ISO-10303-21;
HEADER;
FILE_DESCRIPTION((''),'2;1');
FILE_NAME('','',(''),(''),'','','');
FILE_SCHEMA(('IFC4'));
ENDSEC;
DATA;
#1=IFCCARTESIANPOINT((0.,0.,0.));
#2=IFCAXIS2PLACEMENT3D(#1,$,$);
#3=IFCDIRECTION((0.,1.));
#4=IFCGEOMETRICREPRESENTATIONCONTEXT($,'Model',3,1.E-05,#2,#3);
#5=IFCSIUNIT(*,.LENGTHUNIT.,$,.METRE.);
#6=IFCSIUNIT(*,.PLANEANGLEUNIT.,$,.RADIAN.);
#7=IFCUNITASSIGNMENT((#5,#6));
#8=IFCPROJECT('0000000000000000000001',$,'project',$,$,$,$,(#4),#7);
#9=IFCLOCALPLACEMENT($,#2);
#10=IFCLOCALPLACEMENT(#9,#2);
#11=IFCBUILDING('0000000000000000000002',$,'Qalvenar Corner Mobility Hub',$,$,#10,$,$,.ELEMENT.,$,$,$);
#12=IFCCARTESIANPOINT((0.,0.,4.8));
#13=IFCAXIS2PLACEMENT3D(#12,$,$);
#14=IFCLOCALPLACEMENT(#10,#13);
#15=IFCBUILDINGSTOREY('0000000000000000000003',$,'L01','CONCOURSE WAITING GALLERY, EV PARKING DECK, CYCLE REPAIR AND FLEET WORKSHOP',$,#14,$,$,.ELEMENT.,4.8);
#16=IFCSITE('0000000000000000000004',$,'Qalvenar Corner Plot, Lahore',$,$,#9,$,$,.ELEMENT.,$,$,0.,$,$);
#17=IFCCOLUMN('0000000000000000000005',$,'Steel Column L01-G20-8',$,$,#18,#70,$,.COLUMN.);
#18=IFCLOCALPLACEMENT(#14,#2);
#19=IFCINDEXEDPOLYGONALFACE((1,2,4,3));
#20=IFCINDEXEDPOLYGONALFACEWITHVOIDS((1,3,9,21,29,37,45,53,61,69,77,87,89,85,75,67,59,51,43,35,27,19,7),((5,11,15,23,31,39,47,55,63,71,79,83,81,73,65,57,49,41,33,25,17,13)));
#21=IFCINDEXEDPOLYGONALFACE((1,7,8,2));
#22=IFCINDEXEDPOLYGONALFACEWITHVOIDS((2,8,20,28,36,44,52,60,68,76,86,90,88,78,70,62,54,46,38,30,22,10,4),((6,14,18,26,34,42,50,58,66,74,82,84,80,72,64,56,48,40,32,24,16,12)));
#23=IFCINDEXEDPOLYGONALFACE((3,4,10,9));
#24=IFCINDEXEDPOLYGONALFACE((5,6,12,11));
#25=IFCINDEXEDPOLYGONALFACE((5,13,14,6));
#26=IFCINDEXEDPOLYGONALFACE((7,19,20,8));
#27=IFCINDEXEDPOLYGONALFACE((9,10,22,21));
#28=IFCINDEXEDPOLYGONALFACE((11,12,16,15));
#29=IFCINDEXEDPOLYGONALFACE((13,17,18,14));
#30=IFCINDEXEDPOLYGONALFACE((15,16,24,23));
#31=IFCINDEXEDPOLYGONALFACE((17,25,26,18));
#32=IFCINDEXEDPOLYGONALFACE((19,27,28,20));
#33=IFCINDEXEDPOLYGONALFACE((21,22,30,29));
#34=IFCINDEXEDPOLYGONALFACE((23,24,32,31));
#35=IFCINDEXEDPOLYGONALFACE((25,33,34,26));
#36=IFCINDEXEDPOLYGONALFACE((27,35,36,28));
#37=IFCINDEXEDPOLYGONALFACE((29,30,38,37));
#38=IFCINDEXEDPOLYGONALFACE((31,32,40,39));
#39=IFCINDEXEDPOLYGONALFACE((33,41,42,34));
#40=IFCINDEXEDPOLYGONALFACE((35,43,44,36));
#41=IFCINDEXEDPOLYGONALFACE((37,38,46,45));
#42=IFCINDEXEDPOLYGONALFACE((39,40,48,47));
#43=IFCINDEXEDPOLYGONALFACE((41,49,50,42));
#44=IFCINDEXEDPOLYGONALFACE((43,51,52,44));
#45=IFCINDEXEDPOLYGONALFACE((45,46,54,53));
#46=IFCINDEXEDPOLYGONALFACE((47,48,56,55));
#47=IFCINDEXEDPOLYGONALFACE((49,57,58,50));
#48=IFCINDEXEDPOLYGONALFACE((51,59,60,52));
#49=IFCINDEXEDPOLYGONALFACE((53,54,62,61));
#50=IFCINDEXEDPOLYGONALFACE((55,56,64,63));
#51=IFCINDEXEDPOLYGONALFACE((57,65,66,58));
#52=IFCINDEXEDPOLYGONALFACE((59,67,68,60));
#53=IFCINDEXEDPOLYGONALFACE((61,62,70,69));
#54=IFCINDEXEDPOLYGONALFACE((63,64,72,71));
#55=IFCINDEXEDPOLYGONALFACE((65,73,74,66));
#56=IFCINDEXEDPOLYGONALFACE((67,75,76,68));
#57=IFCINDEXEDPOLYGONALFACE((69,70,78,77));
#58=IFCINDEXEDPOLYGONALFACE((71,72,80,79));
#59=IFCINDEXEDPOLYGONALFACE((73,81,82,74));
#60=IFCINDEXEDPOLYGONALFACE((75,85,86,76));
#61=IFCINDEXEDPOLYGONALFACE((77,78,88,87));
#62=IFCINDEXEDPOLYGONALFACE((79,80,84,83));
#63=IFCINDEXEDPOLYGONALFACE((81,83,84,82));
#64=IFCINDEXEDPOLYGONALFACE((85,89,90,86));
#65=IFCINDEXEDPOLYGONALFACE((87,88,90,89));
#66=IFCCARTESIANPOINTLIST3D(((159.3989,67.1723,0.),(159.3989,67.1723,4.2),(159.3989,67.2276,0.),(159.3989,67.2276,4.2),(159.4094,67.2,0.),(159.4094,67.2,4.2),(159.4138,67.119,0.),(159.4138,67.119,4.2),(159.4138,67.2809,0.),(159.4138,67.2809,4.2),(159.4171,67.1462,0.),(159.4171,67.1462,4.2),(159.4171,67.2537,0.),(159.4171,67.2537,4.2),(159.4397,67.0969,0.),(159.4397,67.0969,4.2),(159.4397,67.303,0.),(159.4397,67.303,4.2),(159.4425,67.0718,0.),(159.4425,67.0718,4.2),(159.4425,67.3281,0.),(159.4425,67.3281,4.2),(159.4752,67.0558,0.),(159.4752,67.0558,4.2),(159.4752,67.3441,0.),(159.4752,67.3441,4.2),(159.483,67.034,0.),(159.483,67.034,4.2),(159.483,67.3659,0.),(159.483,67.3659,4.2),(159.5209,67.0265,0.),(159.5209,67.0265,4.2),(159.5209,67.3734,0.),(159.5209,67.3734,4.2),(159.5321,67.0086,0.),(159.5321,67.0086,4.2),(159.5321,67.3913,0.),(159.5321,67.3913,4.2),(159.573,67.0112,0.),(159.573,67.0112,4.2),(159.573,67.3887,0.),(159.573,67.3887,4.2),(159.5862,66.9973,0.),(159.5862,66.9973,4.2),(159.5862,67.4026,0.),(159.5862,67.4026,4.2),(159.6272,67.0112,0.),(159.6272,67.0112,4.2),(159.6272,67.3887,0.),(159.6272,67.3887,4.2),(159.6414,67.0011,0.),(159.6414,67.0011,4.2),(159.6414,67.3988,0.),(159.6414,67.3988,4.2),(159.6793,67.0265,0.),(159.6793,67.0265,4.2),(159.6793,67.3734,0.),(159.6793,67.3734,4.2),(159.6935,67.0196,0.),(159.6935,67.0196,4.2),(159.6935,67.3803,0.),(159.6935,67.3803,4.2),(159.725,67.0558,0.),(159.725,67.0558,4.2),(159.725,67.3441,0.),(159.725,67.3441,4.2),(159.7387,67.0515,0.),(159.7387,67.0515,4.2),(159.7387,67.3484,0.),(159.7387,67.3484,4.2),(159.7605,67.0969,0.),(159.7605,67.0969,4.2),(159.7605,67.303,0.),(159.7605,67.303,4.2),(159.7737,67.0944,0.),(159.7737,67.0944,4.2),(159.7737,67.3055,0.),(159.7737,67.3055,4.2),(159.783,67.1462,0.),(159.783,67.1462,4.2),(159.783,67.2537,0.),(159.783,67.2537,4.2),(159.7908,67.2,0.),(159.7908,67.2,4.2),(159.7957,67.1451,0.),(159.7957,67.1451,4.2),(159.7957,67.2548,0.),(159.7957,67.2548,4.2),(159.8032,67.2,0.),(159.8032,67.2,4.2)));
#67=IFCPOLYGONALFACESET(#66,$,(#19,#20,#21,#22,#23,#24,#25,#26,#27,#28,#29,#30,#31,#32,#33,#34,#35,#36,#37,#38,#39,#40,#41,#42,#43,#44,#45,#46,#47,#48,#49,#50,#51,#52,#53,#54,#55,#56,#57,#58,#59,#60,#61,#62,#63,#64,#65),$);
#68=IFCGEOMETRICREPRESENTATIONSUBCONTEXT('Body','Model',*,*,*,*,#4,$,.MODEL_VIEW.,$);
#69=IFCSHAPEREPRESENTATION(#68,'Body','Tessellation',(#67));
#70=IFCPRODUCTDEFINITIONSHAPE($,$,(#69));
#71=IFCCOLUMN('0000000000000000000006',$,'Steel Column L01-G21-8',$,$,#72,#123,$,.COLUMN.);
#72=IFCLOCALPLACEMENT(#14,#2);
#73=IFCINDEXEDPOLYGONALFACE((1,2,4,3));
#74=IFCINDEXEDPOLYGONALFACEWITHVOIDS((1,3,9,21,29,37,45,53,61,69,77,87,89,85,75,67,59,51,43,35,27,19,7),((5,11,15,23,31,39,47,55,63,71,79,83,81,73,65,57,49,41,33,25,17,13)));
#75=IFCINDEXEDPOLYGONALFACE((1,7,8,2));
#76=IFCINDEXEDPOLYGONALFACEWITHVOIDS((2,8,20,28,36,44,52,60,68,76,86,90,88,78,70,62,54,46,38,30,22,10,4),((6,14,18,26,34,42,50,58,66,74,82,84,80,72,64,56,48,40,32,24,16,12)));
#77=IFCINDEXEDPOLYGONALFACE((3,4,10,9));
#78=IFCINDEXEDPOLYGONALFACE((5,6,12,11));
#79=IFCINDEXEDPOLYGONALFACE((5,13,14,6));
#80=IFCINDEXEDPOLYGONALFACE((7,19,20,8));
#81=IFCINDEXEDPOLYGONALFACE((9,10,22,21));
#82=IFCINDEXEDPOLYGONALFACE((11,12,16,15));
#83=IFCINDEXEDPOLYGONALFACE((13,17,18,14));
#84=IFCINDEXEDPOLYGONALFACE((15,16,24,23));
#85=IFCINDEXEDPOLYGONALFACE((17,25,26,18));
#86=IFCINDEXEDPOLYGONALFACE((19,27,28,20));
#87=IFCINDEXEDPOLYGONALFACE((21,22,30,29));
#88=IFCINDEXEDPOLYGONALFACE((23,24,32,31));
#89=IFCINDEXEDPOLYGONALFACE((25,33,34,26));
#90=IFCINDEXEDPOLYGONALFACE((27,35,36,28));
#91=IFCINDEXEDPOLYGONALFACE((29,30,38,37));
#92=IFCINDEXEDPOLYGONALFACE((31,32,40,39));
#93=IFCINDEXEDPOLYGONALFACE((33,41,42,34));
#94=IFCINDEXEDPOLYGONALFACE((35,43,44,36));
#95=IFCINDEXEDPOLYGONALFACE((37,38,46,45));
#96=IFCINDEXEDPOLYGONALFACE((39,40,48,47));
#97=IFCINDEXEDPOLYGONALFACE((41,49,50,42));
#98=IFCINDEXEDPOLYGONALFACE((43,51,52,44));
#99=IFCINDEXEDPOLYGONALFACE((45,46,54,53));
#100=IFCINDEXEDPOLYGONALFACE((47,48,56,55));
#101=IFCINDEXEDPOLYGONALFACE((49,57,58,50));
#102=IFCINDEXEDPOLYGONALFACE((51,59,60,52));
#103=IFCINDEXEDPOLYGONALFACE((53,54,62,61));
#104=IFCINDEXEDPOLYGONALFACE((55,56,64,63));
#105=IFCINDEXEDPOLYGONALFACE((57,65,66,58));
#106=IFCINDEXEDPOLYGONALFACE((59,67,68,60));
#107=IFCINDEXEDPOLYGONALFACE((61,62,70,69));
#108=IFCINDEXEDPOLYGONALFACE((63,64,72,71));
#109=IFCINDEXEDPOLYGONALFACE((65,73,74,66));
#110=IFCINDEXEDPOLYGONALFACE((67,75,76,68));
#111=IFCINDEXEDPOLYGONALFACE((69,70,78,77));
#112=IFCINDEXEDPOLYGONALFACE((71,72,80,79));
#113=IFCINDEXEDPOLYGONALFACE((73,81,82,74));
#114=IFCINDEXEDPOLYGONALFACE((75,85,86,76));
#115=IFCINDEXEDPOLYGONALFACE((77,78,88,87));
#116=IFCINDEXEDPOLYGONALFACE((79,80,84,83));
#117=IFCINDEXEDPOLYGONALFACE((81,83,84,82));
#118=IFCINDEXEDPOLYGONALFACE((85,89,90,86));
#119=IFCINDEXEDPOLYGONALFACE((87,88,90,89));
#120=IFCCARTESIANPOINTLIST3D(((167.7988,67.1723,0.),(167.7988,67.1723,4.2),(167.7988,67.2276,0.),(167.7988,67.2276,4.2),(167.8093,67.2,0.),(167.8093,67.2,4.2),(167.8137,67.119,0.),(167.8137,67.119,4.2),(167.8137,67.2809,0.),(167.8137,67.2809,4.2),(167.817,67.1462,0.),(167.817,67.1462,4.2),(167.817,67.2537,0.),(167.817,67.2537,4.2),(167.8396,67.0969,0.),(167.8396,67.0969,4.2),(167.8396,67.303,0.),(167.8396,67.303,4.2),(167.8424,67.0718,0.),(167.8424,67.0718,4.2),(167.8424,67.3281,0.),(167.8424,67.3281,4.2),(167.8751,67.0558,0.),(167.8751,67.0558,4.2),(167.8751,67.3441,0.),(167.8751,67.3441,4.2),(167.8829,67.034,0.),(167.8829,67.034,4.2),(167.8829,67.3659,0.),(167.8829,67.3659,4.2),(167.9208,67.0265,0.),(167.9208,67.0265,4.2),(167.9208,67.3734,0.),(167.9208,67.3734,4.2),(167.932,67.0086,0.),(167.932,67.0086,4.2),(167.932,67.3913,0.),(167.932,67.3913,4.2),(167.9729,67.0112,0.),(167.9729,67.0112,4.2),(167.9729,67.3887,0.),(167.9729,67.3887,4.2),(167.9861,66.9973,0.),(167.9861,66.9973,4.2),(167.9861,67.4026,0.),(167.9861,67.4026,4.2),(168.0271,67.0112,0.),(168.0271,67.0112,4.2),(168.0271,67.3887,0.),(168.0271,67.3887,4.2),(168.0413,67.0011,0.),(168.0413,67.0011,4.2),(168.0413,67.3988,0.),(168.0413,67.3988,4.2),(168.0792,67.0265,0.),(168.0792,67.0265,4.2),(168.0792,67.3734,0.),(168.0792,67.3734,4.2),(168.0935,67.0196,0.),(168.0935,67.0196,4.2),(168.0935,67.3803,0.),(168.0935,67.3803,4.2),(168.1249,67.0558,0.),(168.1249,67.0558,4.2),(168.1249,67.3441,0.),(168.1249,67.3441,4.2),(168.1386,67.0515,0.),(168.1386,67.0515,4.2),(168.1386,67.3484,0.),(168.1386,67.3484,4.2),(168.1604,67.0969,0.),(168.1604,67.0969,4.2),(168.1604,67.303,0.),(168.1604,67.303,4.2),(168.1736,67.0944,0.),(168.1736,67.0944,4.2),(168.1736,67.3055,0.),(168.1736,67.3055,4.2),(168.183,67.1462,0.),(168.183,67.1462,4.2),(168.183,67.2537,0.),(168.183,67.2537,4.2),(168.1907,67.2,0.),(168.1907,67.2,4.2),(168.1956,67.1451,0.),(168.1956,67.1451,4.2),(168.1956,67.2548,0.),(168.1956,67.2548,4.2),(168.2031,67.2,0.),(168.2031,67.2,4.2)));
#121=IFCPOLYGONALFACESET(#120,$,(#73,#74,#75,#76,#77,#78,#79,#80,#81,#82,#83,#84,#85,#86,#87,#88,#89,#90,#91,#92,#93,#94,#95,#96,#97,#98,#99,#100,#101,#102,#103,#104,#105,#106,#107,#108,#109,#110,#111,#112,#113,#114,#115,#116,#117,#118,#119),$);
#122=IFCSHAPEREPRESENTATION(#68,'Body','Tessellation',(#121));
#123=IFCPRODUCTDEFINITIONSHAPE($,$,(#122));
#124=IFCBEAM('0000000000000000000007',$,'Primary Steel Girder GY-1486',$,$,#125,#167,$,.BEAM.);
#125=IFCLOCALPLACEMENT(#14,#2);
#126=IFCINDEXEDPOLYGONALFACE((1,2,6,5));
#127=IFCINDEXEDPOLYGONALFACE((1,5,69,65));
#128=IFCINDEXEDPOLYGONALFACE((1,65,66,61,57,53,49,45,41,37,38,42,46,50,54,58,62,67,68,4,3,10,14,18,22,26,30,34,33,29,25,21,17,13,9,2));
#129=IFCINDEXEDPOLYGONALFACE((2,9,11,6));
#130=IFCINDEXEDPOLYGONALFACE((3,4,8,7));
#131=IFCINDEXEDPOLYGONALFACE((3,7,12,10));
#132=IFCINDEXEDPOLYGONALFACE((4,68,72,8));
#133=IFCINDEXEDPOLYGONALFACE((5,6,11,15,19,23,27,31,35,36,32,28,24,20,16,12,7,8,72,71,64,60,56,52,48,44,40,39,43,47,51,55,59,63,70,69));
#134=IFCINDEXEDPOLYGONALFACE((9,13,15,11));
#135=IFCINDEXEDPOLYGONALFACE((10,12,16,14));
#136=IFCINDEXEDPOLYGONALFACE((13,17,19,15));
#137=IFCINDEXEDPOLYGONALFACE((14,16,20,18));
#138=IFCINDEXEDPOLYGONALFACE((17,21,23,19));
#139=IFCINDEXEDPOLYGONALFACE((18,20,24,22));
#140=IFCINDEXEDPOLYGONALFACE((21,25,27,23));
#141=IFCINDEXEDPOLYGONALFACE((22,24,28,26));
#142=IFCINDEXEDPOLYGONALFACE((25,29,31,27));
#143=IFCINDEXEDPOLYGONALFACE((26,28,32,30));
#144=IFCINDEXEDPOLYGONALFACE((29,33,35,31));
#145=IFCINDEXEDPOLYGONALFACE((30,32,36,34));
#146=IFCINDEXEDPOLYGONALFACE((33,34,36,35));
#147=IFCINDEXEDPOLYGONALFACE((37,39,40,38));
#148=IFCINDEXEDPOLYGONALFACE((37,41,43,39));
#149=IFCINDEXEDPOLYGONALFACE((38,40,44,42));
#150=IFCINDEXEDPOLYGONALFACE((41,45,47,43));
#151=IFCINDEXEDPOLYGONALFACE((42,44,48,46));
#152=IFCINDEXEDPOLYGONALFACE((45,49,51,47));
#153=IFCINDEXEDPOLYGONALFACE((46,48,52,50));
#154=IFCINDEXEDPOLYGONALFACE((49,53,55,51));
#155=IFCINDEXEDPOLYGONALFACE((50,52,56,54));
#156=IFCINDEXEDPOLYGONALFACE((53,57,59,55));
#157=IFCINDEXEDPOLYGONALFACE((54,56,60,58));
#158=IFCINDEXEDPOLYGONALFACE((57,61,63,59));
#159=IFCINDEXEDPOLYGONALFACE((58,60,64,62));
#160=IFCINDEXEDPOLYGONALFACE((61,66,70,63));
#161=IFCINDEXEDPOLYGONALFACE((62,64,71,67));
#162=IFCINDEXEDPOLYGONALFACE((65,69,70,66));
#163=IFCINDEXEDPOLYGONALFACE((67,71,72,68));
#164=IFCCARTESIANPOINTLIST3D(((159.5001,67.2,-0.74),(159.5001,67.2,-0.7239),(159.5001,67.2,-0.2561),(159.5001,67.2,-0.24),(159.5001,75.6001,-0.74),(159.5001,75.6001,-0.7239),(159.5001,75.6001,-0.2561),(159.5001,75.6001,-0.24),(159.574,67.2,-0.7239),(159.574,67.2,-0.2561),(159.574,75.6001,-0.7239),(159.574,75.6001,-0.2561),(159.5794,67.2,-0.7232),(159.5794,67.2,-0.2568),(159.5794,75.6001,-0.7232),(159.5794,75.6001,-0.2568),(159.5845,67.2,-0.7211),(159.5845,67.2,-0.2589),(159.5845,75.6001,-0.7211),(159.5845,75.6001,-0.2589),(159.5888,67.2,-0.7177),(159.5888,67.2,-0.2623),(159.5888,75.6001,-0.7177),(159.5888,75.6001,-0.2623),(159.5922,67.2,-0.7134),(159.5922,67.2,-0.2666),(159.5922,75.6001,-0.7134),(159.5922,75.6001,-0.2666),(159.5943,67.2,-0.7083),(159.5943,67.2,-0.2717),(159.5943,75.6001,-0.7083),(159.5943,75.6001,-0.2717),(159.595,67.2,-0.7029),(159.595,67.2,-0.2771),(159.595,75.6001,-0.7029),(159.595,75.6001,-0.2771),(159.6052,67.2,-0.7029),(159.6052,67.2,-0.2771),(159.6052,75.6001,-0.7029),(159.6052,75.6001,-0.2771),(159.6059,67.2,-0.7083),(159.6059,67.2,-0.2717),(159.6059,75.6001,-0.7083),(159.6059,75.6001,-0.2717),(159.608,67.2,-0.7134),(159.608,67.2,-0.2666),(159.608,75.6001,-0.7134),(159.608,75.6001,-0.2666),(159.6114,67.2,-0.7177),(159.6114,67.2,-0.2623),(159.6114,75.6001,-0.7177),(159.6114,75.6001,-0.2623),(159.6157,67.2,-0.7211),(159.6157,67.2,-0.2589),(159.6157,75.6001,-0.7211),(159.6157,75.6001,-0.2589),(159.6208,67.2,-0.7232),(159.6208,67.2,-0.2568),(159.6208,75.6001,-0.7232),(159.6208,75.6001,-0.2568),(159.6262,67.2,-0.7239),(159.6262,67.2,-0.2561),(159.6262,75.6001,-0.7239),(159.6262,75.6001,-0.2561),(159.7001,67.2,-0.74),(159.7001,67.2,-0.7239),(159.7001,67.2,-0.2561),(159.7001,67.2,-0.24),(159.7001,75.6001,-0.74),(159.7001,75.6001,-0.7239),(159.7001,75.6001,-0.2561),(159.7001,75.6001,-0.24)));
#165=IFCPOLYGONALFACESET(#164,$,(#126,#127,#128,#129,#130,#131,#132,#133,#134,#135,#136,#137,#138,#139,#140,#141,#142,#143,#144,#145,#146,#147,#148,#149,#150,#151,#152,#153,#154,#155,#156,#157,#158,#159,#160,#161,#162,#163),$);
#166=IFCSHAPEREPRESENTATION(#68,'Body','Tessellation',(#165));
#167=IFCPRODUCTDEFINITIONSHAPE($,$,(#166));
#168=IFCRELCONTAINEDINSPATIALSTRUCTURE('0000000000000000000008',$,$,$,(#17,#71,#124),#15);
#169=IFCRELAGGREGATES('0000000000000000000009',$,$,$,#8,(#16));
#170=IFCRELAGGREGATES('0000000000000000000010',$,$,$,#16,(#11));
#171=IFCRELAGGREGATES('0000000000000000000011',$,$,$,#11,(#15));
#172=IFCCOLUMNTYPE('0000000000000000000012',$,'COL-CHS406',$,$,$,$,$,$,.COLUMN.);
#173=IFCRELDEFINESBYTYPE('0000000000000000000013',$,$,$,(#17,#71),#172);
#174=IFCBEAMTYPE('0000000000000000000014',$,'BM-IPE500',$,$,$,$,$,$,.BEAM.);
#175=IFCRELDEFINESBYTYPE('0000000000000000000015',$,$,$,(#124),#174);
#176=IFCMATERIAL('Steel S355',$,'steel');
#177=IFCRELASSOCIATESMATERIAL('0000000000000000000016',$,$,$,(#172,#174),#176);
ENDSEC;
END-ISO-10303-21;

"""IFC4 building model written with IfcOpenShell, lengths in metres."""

from ifc_helpers import new_model, si_unit, direction, frame, origin, origin_2d, place, context, subcontext, project, spatial, hollow_circle, i_section, extrude, material, material_profile, profile_set, type_object, element, save


model = new_model("IFC4")

# Units and contexts
model_context = context("Model", 3, precision=1e-05, world=origin(), true_north=direction((0.0, 1.0)))
body_context = subcontext(model_context, "Body", "Model", "MODEL_VIEW")
ifc_project = project(units=[si_unit("LENGTHUNIT", "METRE"), si_unit("PLANEANGLEUNIT", "RADIAN")], contexts=[model_context])

# Site, building, storey
site_placement = place(None, origin())
site = spatial("IfcSite", under=ifc_project, at=site_placement, Name="Qalvenar Corner Plot, Lahore", CompositionType="ELEMENT", RefElevation=0.0)
building_placement = place(site_placement, origin())
building = spatial("IfcBuilding", under=site, at=building_placement, Name="Qalvenar Corner Mobility Hub", CompositionType="ELEMENT")
storey_placement = place(building_placement, frame((0.0, 0.0, 4.8)))
storey = spatial("IfcBuildingStorey", under=building, at=storey_placement, Name="L01", Description="CONCOURSE WAITING GALLERY, EV PARKING DECK, CYCLE REPAIR AND FLEET WORKSHOP", CompositionType="ELEMENT", Elevation=4.8)

# Columns
ifc_material_1 = material(Name="Steel S355", Category="steel")
ifc_material_profile_1 = material_profile(ifc_material_1, hollow_circle(Radius=0.2031, WallThickness=0.0125, at=origin_2d()), Name="CHS406.4x12.5")
ifc_profile_set_1 = profile_set([ifc_material_profile_1], Name="Steel S355")
column_type = type_object("IfcColumnType", Name="COL-CHS406", PredefinedType="COLUMN", material=ifc_profile_set_1)
for number, where, z_axis, x_axis, name in (
    (1, (159.6001, 67.2, 0.0), (0.0, 0.0, 1.0), (1.0, 0.0, 0.0), "Steel Column L01-G20-8"),
    (2, (168.0, 67.2, 0.0), (0.0, 0.0, 1.0), (1.0, 0.0, 0.0), "Steel Column L01-G21-8"),
):
    element("IfcColumn", number, at=place(storey_placement, frame(where, z_axis=z_axis, x_axis=x_axis)), inside=storey, type_object=column_type, Name=name, PredefinedType="COLUMN", context=body_context, shape_type="SweptSolid", body=[
        extrude(hollow_circle(Radius=0.2031, WallThickness=0.0125, at=origin_2d()), origin(), (0.0, 0.0, 1.0), 4.2),
    ])

# Beam
ifc_material_profile_2 = material_profile(ifc_material_1, i_section(OverallWidth=0.2, OverallDepth=0.5, WebThickness=0.0103, FlangeThickness=0.0161, FilletRadius=0.021, at=origin_2d()), Name="IPE500")
ifc_profile_set_2 = profile_set([ifc_material_profile_2], Name="Steel S355")
beam_type_1 = type_object("IfcBeamType", Name="BM-IPE500", PredefinedType="BEAM", material=ifc_profile_set_2)
for number, where, z_axis, x_axis, name in (
    (3, (159.6001, 67.2, -0.49), (0.0, 1.0, 0.0), (-1.0, 0.0, 0.0), "Primary Steel Girder GY-1486"),
):
    element("IfcBeam", number, at=place(storey_placement, frame(where, z_axis=z_axis, x_axis=x_axis)), inside=storey, type_object=beam_type_1, Name=name, PredefinedType="BEAM", context=body_context, shape_type="SweptSolid", body=[
        extrude(i_section(OverallWidth=0.2, OverallDepth=0.5, WebThickness=0.0103, FlangeThickness=0.0161, FilletRadius=0.021, at=origin_2d()), origin(), (0.0, 0.0, 1.0), 8.4001),
    ])

save(model, "model.ifc")
